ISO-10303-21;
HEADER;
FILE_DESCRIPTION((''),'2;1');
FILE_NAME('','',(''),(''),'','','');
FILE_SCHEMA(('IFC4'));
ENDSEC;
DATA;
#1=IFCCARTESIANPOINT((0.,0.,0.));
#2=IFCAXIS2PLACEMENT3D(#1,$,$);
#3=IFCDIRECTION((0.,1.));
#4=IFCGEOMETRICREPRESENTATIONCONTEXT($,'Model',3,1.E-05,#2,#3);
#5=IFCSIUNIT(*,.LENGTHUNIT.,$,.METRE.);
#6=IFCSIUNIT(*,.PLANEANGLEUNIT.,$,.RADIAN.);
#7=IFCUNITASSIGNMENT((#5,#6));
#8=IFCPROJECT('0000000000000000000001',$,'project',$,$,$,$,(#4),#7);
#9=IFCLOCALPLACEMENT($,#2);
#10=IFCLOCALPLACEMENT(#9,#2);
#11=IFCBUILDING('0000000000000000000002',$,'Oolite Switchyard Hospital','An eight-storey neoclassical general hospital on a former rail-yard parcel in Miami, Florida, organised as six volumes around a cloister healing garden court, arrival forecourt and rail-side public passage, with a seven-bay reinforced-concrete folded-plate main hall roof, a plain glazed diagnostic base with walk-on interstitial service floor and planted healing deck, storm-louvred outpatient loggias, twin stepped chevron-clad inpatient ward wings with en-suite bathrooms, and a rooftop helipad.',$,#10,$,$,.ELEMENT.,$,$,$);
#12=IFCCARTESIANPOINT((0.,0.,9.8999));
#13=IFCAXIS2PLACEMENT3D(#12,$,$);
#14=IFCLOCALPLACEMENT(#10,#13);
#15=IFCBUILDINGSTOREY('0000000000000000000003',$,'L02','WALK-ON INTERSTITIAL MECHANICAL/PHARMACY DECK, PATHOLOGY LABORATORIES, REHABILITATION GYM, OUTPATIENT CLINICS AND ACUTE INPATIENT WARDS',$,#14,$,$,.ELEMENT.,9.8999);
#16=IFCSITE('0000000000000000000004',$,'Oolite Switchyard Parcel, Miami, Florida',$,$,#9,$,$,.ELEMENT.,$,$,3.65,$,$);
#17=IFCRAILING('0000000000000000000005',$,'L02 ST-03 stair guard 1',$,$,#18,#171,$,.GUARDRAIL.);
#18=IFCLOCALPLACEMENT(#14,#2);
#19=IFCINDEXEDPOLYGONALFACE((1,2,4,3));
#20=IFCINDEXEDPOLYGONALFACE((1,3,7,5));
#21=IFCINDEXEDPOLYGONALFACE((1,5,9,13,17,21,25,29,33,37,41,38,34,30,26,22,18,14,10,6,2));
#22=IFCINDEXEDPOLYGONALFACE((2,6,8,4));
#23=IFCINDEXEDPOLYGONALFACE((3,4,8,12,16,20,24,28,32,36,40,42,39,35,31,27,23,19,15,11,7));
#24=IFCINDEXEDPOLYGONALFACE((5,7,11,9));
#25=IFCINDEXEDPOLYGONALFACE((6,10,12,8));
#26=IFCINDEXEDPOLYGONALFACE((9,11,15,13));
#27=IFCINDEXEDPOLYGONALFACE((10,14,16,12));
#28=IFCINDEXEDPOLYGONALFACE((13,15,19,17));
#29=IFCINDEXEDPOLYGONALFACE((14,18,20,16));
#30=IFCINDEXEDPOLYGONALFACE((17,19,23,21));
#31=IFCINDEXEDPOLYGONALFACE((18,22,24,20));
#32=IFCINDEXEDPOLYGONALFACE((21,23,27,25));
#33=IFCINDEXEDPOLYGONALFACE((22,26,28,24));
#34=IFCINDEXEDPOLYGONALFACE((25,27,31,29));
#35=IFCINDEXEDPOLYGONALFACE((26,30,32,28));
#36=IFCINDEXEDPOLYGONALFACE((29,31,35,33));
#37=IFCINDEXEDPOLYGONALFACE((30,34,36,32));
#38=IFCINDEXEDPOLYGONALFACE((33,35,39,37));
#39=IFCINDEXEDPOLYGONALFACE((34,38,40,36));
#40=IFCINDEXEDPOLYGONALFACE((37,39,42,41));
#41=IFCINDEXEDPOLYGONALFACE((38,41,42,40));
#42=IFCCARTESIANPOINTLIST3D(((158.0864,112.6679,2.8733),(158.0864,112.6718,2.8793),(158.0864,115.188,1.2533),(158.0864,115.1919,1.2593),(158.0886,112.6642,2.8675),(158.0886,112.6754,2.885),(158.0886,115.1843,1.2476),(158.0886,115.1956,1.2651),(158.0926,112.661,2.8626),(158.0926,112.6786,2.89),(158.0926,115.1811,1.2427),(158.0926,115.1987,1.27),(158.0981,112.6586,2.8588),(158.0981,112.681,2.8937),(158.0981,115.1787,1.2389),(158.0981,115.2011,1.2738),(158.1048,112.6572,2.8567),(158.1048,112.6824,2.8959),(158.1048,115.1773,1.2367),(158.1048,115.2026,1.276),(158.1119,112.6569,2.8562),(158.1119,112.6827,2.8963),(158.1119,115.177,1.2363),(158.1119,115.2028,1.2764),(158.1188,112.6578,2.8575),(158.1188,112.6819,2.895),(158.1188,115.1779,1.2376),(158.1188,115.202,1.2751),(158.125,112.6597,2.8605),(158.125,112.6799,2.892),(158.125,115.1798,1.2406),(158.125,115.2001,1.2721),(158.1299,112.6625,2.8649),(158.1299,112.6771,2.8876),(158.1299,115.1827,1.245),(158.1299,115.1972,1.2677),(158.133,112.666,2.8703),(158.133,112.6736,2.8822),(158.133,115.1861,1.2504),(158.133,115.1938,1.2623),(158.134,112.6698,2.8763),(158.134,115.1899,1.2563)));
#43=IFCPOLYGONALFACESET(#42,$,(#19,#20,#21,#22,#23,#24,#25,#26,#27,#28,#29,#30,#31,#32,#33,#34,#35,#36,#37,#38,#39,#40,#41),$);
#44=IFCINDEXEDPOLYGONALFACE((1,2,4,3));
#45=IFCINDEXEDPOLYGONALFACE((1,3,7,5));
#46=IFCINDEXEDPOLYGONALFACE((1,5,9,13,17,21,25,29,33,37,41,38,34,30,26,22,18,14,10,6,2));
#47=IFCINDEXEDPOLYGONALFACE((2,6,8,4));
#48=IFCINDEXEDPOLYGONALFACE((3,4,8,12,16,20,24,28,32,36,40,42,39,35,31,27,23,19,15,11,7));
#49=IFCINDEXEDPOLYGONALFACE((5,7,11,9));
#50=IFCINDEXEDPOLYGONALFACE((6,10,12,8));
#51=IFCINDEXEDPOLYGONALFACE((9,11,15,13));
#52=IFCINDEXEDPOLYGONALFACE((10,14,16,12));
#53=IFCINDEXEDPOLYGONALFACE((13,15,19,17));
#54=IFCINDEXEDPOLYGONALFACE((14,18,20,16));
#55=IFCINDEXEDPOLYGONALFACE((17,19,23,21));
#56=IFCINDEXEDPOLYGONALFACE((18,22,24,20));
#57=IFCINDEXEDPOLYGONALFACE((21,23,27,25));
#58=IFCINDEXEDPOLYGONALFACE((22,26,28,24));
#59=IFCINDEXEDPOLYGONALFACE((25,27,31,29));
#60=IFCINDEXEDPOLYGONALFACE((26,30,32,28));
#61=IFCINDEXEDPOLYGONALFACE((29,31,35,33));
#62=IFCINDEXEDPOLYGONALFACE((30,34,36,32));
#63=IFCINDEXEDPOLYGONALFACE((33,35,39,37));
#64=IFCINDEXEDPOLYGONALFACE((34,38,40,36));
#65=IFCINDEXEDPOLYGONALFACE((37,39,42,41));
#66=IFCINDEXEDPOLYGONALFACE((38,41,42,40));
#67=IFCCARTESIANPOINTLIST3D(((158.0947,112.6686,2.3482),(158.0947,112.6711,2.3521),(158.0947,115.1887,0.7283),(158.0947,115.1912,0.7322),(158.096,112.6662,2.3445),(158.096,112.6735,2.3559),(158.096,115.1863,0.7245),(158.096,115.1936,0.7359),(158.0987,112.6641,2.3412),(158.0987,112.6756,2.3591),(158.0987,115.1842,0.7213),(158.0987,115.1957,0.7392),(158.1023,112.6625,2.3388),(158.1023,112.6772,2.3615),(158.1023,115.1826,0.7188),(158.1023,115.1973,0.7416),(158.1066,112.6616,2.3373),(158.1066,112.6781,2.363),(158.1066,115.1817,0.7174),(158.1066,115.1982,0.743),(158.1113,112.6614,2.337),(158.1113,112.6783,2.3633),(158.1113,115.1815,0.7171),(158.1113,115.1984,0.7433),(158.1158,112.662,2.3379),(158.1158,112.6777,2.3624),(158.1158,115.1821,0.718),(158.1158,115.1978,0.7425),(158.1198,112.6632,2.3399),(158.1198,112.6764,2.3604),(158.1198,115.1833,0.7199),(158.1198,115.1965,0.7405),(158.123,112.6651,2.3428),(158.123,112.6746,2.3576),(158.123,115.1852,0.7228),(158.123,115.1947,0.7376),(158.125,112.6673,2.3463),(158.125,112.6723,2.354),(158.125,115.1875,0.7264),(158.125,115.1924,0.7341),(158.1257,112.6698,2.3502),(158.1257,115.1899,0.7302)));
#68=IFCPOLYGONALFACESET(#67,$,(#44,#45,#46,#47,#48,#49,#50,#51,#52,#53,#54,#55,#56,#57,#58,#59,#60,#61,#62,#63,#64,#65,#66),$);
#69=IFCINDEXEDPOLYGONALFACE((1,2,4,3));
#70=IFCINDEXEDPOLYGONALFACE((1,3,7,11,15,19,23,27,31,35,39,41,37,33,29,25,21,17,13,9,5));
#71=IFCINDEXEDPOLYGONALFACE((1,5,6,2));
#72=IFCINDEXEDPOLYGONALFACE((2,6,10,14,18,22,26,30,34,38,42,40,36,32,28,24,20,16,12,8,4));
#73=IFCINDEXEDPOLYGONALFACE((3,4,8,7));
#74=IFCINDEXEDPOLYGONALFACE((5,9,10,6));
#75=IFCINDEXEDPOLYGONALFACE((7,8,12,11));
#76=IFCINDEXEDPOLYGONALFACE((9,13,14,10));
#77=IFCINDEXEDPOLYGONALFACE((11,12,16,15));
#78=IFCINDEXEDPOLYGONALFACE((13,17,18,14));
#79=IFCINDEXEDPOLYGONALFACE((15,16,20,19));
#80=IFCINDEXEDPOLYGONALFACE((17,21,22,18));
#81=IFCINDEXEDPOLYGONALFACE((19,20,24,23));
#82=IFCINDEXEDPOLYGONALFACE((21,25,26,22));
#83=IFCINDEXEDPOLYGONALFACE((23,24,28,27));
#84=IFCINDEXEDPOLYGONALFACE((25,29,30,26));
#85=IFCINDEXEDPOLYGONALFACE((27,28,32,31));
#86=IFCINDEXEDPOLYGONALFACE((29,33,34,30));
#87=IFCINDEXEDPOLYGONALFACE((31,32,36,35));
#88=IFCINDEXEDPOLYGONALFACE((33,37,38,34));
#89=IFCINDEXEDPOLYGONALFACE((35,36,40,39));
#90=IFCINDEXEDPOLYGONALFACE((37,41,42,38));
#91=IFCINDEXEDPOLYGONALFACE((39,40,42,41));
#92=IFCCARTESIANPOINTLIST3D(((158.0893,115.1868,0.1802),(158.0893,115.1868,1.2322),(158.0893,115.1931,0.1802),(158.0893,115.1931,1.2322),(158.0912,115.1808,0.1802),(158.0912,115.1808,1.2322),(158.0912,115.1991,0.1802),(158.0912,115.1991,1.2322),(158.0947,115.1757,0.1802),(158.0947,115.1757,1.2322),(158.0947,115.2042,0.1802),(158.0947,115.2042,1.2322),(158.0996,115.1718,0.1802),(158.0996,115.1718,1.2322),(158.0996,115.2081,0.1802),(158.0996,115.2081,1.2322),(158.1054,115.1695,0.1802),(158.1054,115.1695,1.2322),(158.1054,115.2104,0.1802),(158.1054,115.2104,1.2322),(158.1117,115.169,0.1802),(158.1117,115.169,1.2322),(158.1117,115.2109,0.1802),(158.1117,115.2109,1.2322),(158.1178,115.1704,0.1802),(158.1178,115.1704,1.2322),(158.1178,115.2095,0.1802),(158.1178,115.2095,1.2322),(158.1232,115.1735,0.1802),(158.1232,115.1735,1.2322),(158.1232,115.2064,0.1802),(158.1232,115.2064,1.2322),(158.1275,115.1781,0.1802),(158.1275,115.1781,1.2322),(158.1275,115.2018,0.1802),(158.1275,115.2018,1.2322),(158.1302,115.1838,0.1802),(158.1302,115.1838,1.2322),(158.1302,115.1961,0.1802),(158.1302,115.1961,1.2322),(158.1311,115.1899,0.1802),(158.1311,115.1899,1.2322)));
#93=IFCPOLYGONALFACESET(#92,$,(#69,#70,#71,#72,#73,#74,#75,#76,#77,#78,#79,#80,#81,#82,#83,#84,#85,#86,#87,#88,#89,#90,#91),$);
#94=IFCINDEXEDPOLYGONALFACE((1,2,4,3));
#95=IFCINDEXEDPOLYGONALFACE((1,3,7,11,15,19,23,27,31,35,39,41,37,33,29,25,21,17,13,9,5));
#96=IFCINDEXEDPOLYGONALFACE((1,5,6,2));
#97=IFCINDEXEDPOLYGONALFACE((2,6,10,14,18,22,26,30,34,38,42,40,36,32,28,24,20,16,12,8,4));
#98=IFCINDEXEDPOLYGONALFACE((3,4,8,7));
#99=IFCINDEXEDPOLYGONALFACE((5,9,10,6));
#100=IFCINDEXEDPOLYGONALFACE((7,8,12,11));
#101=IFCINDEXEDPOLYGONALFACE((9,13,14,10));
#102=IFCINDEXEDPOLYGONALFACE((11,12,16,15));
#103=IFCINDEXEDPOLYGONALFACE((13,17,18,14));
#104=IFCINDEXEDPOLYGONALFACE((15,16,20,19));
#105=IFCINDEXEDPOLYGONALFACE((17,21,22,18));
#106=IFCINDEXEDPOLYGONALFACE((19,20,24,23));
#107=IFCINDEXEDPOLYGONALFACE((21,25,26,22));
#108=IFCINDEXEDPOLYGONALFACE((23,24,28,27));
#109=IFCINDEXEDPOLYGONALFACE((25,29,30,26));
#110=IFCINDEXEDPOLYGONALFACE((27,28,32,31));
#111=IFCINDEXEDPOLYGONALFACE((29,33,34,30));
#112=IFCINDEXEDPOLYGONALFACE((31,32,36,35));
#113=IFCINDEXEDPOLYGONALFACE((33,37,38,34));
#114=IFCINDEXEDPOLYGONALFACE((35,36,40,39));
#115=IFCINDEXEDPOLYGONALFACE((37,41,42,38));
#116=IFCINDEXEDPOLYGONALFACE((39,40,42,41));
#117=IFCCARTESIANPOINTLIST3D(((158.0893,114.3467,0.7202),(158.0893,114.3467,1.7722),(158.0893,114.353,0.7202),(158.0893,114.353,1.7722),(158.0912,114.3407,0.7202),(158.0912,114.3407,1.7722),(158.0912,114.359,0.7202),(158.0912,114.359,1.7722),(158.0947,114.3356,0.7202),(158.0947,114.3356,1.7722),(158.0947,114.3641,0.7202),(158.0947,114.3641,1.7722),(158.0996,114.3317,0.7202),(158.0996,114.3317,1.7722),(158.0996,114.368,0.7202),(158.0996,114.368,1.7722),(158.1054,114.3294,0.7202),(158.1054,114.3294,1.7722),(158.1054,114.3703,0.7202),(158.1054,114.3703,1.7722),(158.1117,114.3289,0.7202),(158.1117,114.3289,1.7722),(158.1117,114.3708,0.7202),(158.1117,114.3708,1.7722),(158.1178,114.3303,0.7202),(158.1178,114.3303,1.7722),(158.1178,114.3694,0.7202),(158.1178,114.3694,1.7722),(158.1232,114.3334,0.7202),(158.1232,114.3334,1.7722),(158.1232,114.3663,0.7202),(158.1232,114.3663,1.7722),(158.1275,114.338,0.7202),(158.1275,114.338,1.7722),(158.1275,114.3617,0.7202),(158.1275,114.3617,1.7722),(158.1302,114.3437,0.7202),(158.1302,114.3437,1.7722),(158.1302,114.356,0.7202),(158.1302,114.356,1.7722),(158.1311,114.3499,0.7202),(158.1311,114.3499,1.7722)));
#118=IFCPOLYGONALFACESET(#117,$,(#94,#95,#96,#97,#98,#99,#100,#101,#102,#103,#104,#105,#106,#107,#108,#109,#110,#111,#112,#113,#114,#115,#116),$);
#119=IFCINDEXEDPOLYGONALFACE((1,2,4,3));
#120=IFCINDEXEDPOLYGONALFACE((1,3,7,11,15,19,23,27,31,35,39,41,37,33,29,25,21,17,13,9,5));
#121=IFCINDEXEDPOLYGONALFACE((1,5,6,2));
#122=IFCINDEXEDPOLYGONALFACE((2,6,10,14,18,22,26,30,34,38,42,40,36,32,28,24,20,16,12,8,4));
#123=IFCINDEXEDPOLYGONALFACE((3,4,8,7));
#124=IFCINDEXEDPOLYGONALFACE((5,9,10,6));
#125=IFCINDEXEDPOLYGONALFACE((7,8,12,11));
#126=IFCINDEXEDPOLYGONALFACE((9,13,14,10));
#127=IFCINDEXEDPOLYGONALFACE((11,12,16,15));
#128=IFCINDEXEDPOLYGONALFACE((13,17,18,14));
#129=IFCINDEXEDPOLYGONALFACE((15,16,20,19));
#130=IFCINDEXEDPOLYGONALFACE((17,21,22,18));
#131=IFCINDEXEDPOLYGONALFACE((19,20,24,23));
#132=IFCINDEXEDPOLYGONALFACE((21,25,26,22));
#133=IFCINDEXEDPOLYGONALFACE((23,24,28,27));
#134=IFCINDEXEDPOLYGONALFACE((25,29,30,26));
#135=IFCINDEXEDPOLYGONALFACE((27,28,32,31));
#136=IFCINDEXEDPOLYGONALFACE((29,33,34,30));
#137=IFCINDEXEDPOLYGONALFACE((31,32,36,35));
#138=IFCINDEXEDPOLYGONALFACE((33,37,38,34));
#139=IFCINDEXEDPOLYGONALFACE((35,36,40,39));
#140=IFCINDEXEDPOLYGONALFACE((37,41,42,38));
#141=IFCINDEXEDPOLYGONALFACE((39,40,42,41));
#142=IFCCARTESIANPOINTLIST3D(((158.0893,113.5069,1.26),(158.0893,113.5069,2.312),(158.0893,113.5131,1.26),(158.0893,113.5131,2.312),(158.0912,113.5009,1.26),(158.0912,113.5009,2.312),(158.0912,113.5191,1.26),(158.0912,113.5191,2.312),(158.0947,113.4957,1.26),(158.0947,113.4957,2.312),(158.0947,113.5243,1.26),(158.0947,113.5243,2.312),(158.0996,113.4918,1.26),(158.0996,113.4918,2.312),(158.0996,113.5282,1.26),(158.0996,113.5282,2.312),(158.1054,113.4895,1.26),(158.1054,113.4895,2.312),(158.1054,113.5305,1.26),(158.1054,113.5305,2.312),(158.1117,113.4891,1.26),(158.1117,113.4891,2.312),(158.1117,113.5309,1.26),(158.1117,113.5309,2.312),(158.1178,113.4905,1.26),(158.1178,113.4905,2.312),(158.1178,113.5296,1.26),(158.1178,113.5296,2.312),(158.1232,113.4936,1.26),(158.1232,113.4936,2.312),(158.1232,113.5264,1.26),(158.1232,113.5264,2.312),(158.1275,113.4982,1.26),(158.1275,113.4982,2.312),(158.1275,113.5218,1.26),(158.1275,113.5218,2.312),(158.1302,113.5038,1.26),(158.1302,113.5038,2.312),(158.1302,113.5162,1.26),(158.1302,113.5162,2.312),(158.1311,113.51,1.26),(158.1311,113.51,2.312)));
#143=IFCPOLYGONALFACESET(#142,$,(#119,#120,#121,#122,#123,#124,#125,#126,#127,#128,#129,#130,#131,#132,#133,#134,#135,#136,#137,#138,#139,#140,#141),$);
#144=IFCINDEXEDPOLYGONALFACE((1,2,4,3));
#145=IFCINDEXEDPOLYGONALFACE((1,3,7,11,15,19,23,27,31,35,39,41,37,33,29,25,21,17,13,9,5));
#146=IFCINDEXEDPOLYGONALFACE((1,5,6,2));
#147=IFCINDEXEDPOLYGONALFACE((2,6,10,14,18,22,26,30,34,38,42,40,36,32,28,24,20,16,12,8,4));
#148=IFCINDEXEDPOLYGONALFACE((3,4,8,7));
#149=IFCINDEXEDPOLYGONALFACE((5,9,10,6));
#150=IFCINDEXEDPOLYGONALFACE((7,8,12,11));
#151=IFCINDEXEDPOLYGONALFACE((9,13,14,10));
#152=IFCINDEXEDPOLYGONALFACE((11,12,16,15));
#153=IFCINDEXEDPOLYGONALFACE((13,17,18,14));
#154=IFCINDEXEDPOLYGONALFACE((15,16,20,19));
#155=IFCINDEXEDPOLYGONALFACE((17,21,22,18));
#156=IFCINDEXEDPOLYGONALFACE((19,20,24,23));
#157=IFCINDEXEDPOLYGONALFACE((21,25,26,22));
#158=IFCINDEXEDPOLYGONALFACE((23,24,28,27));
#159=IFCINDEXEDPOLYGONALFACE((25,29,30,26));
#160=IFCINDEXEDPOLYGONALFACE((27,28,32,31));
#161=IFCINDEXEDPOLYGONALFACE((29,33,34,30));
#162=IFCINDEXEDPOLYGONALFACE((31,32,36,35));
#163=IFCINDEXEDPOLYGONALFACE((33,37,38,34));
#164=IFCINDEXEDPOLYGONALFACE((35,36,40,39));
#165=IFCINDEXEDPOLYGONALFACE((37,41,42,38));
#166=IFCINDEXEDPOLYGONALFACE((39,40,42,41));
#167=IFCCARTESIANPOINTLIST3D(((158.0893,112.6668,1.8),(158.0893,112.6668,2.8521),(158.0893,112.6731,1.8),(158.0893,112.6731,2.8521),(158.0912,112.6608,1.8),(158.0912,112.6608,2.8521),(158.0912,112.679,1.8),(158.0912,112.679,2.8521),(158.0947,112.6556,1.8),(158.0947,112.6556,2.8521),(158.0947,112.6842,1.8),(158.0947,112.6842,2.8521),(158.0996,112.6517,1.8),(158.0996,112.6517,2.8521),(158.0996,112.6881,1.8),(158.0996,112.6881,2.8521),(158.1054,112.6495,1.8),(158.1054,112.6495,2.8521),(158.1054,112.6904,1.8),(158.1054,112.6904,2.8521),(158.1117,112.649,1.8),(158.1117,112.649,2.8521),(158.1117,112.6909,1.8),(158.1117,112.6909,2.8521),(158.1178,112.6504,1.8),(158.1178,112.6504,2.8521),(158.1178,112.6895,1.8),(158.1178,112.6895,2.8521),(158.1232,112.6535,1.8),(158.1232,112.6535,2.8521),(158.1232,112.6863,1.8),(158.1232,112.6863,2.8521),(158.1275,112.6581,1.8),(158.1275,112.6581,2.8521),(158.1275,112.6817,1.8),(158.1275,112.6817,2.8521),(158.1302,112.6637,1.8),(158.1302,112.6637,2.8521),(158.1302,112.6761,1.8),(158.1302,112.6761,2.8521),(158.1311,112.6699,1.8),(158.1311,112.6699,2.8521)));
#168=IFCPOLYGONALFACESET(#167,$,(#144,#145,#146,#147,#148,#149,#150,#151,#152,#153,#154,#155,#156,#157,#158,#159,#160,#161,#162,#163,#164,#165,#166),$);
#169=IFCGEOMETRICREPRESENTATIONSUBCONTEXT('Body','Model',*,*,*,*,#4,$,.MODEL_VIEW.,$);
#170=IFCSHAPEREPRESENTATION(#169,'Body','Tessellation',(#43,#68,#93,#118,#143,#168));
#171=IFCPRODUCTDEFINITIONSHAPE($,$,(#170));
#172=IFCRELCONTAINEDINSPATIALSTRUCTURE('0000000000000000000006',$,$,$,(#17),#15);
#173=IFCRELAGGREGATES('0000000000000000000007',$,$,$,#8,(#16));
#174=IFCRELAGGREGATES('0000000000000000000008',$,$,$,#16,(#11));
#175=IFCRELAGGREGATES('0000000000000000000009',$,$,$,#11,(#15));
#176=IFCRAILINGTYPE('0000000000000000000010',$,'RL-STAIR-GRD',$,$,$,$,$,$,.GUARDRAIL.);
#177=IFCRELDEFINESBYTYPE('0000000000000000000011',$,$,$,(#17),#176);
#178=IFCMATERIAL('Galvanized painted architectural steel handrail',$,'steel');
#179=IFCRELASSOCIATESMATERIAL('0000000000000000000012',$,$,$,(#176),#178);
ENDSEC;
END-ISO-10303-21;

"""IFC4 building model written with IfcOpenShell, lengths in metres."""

from ifc_helpers import new_model, si_unit, direction, frame, origin, origin_2d, place, context, subcontext, project, spatial, circle, extrude, material, type_object, element, save


model = new_model("IFC4")

# Units and contexts
model_context = context("Model", 3, precision=1e-05, world=origin(), true_north=direction((0.0, 1.0)))
body_context = subcontext(model_context, "Body", "Model", "MODEL_VIEW")
ifc_project = project(units=[si_unit("LENGTHUNIT", "METRE"), si_unit("PLANEANGLEUNIT", "RADIAN")], contexts=[model_context])

# Site, building, storey
site_placement = place(None, origin())
site = spatial("IfcSite", under=ifc_project, at=site_placement, Name="Oolite Switchyard Parcel, Miami, Florida", CompositionType="ELEMENT", RefElevation=3.65)
building_placement = place(site_placement, origin())
building = spatial("IfcBuilding", under=site, at=building_placement, Name="Oolite Switchyard Hospital", Description="An eight-storey neoclassical general hospital on a former rail-yard parcel in Miami, Florida, organised as six volumes around a cloister healing garden court, arrival forecourt and rail-side public passage, with a seven-bay reinforced-concrete folded-plate main hall roof, a plain glazed diagnostic base with walk-on interstitial service floor and planted healing deck, storm-louvred outpatient loggias, twin stepped chevron-clad inpatient ward wings with en-suite bathrooms, and a rooftop helipad.", CompositionType="ELEMENT")
storey_placement = place(building_placement, frame((0.0, 0.0, 9.8999)))
storey = spatial("IfcBuildingStorey", under=building, at=storey_placement, Name="L02", Description="WALK-ON INTERSTITIAL MECHANICAL/PHARMACY DECK, PATHOLOGY LABORATORIES, REHABILITATION GYM, OUTPATIENT CLINICS AND ACUTE INPATIENT WARDS", CompositionType="ELEMENT", Elevation=9.8999)

# Railing
ifc_material_1 = material(Name="Galvanized painted architectural steel handrail", Category="steel")
railing_type_1 = type_object("IfcRailingType", Name="RL-STAIR-GRD", PredefinedType="GUARDRAIL", material=ifc_material_1)
railing_1_placement = place(storey_placement, frame((158.1101, 115.1899, 0.1802)))
element("IfcRailing", 1, at=railing_1_placement, inside=storey, type_object=railing_type_1, Name="L02 ST-03 stair guard 1", PredefinedType="GUARDRAIL", context=body_context, shape_type="SweptSolid", body=[
    extrude(circle(Radius=0.0239, at=origin_2d()), frame((0.0, 0.0, 1.0762), z_axis=(0.0, -0.8412, 0.540725), x_axis=(1.0, 0.0, 0.0)), (0.0, 0.0, 1.0), 2.9958),
    extrude(circle(Radius=0.0156, at=origin_2d()), frame((0.0, 0.0, 0.55), z_axis=(0.0, -0.8412, 0.540725), x_axis=(1.0, 0.0, 0.0)), (0.0, 0.0, 1.0), 2.9958),
    extrude(circle(Radius=0.021, at=origin_2d()), origin(), (0.0, 0.0, 1.0), 1.052),
    extrude(circle(Radius=0.021, at=origin_2d()), frame((0.0, -0.8401, 0.54)), (0.0, 0.0, 1.0), 1.052),
    extrude(circle(Radius=0.021, at=origin_2d()), frame((0.0, -1.6799, 1.0798)), (0.0, 0.0, 1.0), 1.052),
    extrude(circle(Radius=0.021, at=origin_2d()), frame((0.0, -2.52, 1.6199)), (0.0, 0.0, 1.0), 1.052),
])

save(model, "model.ifc")
